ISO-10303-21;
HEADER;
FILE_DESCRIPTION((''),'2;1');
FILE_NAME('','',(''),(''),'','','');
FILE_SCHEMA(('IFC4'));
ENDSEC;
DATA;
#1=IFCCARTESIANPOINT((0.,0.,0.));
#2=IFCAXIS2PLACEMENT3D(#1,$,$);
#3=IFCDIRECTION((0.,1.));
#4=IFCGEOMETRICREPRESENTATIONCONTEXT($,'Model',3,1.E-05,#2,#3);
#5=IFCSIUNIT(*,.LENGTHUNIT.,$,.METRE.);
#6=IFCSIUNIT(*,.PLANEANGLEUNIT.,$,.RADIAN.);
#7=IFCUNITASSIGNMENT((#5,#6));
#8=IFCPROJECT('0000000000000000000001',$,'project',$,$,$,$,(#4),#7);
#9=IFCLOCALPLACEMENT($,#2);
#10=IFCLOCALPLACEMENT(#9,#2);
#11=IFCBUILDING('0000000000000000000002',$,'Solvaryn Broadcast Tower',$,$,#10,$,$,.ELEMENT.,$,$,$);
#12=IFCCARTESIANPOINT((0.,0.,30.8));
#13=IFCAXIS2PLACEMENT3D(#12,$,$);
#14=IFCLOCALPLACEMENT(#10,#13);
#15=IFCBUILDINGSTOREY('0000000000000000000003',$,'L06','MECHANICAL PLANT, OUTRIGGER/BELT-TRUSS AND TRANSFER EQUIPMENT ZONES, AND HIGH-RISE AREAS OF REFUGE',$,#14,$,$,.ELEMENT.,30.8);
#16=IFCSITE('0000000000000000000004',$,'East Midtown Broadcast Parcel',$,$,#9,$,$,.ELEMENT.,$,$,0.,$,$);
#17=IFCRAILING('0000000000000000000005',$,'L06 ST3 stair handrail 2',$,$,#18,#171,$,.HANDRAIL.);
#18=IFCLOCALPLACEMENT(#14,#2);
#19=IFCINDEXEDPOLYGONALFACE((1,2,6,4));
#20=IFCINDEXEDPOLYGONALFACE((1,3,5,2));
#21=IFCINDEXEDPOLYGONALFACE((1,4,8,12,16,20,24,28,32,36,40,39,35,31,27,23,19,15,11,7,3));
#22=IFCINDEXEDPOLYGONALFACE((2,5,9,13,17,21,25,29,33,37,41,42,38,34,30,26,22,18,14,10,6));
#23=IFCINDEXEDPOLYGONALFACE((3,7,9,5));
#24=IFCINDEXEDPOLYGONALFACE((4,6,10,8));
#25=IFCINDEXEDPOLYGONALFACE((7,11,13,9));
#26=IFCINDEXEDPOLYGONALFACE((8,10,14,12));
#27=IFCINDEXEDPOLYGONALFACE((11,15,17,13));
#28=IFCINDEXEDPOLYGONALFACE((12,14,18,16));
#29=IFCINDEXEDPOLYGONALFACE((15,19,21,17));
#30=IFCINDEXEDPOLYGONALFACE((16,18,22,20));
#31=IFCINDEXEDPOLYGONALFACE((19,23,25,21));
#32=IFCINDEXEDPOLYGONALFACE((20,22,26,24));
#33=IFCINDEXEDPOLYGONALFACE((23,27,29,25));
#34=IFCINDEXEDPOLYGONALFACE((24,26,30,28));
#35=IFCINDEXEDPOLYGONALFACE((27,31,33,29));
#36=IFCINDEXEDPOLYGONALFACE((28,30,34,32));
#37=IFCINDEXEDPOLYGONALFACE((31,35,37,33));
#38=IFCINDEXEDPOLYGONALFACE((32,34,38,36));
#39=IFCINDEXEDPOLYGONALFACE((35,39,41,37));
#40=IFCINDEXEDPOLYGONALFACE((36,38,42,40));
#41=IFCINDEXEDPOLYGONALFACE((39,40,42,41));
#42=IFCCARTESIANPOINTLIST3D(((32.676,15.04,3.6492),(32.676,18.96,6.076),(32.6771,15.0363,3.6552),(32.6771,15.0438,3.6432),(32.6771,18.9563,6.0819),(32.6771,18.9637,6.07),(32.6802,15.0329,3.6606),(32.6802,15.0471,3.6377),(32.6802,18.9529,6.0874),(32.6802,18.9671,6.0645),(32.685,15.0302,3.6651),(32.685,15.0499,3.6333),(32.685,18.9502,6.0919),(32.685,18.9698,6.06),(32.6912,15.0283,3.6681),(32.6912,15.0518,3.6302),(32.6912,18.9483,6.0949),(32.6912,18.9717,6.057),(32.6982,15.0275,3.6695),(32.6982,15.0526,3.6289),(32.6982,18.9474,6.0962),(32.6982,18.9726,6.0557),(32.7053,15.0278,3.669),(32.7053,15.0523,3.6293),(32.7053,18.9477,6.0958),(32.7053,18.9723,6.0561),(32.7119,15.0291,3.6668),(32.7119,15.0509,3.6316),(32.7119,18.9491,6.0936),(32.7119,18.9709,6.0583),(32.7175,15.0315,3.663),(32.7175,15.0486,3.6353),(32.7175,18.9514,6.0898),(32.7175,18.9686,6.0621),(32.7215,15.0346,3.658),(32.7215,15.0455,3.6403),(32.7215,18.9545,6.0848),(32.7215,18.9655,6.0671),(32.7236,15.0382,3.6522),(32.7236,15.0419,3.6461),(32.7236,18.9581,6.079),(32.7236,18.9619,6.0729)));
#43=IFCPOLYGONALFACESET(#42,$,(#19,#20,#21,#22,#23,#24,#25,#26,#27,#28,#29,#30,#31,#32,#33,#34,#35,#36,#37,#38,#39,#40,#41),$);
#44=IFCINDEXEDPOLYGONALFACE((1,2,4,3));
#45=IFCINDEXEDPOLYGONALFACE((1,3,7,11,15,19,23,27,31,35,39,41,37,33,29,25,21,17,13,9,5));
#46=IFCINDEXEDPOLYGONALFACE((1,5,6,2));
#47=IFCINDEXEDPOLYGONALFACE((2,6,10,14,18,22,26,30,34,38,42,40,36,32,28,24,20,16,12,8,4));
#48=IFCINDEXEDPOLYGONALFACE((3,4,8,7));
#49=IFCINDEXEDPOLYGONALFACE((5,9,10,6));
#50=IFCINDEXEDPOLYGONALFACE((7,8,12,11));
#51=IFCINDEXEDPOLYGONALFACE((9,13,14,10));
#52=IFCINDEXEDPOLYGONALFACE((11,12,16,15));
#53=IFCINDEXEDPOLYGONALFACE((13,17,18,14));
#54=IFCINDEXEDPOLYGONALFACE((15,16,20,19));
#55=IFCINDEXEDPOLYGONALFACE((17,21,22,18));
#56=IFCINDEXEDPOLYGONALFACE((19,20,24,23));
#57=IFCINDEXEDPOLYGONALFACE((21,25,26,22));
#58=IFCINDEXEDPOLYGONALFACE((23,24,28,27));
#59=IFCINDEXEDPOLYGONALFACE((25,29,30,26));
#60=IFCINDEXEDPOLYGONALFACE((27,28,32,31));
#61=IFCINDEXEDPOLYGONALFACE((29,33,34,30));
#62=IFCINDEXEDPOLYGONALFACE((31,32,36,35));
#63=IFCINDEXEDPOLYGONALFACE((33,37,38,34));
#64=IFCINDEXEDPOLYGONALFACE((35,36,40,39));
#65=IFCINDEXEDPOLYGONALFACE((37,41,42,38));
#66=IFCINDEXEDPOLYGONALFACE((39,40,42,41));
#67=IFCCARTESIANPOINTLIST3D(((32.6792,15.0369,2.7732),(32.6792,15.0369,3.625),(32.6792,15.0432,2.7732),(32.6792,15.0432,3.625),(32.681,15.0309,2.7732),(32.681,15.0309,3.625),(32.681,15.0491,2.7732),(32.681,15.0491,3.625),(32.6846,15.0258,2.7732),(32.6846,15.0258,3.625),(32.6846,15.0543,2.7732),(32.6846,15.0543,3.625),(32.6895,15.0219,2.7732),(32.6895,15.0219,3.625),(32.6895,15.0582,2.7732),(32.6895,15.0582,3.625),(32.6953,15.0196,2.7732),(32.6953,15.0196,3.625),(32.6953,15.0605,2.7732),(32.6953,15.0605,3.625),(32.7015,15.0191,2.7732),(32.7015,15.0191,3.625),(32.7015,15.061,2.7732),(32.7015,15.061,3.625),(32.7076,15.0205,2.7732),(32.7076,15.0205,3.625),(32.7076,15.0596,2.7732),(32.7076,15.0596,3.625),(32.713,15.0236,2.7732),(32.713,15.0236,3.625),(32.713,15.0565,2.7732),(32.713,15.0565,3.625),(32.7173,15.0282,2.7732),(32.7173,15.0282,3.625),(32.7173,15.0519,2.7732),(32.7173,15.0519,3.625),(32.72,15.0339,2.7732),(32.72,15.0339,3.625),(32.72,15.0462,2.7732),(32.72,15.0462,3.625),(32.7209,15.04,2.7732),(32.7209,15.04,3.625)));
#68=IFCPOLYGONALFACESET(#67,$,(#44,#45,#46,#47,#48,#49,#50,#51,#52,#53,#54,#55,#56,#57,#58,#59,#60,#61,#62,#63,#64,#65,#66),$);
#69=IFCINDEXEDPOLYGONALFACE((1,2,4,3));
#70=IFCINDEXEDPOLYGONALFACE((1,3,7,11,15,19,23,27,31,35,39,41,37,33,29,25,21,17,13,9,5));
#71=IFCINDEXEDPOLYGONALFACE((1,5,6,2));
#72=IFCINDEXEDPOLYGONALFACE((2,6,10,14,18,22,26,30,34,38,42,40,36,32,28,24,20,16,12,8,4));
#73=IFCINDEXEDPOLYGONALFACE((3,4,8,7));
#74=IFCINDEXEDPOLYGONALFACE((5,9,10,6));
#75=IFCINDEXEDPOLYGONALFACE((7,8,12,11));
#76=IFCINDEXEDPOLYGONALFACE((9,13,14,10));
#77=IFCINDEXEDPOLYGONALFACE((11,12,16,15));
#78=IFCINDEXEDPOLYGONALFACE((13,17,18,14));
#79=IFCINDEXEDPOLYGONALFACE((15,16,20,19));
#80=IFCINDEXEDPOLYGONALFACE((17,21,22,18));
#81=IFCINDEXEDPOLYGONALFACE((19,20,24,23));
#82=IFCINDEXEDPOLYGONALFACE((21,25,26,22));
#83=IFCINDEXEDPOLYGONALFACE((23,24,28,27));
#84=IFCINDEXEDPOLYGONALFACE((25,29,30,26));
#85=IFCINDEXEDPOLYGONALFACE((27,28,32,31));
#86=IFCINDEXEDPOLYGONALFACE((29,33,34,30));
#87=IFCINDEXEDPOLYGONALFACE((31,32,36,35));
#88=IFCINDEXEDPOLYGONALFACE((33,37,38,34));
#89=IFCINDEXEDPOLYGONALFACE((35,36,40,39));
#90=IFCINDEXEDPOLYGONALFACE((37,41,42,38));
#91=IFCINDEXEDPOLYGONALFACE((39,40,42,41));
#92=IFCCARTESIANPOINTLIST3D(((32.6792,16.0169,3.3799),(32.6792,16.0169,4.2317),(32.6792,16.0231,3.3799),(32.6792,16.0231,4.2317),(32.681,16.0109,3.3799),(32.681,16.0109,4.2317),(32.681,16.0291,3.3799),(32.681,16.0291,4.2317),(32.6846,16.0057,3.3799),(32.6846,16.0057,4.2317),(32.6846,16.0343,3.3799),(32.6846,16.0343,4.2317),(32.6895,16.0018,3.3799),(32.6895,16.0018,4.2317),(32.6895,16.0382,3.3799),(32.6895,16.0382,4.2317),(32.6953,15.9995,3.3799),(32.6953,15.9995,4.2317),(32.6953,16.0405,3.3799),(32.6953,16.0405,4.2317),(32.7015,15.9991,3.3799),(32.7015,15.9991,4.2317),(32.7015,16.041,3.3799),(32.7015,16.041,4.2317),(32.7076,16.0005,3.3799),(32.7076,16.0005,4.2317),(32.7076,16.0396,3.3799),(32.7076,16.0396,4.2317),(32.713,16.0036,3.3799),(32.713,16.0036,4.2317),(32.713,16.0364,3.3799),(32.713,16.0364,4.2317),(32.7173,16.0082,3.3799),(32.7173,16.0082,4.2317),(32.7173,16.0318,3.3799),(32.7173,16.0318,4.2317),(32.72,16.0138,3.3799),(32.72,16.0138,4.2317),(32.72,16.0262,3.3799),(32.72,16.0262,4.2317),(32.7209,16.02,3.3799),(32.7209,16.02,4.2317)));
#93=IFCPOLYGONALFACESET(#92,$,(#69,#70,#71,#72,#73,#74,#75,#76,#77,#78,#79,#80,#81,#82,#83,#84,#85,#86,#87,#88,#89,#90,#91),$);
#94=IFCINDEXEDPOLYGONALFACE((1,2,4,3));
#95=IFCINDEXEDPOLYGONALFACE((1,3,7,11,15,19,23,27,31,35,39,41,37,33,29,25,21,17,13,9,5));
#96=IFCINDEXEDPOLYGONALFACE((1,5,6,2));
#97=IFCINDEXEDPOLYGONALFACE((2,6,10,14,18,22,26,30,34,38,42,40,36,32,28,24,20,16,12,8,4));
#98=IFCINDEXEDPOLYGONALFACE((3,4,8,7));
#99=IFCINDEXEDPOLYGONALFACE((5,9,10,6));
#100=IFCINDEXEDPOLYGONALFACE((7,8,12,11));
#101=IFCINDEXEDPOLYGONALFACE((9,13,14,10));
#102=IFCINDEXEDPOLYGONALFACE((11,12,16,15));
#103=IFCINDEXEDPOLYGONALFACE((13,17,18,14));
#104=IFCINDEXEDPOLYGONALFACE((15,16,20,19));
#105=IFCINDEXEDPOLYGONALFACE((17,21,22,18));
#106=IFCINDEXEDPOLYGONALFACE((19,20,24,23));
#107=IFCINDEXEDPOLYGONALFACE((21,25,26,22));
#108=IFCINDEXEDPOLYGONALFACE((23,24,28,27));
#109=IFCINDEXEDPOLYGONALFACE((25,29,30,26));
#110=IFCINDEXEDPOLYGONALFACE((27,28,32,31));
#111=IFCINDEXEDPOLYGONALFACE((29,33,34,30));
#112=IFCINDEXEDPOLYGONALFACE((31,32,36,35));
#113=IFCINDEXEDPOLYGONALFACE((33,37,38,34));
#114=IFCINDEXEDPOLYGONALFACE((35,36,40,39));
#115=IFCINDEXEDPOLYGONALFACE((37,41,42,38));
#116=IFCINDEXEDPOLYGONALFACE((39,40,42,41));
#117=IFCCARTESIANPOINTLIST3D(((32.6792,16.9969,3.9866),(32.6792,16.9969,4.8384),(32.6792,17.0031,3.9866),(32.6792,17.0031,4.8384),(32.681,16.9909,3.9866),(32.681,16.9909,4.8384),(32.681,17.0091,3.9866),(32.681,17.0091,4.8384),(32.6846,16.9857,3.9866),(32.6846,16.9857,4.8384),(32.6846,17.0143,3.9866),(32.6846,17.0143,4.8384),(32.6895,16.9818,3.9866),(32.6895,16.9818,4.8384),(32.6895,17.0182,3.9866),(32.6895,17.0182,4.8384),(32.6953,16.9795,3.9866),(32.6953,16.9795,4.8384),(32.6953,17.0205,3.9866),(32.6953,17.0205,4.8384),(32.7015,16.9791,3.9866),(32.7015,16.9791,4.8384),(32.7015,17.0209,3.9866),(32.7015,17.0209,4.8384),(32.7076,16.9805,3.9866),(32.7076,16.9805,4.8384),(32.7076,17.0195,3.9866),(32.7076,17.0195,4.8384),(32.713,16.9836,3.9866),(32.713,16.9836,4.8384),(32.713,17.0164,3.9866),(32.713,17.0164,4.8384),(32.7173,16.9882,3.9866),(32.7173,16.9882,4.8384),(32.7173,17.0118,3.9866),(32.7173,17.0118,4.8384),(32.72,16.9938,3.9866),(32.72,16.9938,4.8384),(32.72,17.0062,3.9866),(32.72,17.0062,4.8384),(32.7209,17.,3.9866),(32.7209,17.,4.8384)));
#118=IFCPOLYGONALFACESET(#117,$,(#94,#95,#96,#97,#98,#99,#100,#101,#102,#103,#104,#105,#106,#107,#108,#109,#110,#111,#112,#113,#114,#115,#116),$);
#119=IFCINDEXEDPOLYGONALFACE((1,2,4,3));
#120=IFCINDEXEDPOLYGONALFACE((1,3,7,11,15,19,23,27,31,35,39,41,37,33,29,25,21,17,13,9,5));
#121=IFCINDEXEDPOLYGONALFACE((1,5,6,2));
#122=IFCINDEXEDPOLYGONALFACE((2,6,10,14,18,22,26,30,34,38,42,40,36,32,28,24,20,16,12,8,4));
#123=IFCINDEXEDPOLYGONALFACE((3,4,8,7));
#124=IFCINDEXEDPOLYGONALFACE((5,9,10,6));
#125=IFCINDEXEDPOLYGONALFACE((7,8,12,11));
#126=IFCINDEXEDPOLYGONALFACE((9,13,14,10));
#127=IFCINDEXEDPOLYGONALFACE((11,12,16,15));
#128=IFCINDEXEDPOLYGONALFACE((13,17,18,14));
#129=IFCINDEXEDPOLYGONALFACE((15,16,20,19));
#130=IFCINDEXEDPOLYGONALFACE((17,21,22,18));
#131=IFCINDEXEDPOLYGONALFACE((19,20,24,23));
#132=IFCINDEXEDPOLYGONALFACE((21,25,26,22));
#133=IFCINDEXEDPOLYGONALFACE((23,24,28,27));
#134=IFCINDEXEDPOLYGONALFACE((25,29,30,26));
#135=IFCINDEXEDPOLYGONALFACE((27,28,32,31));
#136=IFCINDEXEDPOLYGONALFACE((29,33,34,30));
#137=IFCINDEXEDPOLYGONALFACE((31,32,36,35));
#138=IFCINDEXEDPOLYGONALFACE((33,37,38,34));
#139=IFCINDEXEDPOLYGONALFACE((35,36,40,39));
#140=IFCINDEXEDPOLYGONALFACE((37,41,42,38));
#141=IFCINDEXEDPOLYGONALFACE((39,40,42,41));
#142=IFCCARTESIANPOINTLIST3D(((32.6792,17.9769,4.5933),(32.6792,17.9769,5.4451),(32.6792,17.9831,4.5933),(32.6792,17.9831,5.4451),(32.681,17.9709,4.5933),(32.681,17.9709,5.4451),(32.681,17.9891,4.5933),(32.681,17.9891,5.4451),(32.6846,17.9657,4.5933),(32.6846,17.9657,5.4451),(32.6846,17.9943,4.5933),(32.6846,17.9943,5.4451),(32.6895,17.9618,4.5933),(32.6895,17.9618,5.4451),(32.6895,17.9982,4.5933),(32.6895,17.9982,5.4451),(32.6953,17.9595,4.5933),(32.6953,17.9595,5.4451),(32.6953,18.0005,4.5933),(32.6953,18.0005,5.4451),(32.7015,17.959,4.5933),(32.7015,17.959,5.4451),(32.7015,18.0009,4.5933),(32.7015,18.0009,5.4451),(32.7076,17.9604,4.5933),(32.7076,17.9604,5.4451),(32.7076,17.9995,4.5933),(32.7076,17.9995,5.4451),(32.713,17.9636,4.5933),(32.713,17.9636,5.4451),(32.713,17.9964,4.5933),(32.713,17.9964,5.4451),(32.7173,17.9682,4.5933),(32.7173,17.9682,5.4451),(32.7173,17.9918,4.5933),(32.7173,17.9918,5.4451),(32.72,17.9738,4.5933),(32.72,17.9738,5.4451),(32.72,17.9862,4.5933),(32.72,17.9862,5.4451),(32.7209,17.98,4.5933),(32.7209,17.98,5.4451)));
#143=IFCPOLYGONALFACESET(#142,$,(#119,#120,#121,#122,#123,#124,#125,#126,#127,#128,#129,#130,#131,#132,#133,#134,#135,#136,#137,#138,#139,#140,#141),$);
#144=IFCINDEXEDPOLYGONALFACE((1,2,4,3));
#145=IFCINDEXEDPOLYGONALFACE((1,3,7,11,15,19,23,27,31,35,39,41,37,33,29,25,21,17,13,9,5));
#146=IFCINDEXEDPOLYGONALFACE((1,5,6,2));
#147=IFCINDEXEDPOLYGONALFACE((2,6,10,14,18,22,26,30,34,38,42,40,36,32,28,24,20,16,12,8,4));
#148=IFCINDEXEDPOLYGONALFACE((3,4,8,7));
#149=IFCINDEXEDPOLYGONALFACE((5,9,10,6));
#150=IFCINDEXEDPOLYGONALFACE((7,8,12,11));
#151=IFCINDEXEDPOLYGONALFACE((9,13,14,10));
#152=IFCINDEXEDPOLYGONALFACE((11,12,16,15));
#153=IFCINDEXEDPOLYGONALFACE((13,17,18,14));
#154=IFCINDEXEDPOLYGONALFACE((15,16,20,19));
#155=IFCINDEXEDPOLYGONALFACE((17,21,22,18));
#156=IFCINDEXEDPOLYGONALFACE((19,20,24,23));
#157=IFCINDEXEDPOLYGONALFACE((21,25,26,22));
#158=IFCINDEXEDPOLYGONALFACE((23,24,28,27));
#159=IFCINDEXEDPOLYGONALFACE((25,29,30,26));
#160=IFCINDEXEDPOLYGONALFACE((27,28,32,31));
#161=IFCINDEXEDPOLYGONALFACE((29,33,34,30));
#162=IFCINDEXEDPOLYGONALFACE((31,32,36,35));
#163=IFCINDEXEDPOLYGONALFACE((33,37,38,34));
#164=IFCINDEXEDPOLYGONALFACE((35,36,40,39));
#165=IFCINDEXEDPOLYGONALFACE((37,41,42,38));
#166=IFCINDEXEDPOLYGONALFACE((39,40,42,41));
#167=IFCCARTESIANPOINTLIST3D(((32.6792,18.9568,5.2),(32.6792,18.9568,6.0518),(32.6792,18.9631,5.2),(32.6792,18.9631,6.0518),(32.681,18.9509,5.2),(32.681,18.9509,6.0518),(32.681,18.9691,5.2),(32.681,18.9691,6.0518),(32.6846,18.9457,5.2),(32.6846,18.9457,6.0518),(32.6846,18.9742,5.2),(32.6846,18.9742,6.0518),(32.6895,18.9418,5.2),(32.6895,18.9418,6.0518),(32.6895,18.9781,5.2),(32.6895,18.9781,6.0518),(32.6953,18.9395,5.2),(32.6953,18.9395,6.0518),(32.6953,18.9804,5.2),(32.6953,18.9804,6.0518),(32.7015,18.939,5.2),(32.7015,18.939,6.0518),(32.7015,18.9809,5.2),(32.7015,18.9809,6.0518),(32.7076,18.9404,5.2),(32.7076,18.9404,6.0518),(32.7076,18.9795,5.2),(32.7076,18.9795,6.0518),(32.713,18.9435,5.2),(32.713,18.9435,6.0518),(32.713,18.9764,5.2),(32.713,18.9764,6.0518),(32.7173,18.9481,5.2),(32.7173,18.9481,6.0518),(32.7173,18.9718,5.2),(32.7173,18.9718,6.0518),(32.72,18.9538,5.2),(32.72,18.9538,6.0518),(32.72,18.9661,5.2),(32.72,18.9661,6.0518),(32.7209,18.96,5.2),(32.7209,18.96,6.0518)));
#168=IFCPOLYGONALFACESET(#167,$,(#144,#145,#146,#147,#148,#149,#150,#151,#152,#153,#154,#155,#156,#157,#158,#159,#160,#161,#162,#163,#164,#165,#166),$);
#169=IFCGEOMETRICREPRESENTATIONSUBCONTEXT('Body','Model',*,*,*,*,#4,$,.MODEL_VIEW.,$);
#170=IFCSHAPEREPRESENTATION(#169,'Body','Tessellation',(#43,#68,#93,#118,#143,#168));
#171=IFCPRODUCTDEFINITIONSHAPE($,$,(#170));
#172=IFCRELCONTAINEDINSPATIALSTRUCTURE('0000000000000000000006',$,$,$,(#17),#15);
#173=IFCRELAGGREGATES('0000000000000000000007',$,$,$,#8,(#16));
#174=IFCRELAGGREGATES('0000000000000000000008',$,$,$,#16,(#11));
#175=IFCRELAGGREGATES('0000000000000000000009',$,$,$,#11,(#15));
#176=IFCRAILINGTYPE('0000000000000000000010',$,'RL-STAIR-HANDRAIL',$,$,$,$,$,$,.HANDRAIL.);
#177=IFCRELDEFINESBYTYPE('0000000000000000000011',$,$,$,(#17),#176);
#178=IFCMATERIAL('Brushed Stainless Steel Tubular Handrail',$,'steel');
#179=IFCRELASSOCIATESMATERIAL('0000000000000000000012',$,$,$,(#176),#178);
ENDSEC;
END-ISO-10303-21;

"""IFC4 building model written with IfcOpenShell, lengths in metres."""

from ifc_helpers import new_model, si_unit, direction, frame, origin, origin_2d, place, context, subcontext, project, spatial, circle, extrude, material, type_object, element, save


model = new_model("IFC4")

# Units and contexts
model_context = context("Model", 3, precision=1e-05, world=origin(), true_north=direction((0.0, 1.0)))
body_context = subcontext(model_context, "Body", "Model", "MODEL_VIEW")
ifc_project = project(units=[si_unit("LENGTHUNIT", "METRE"), si_unit("PLANEANGLEUNIT", "RADIAN")], contexts=[model_context])

# Site, building, storey
site_placement = place(None, origin())
site = spatial("IfcSite", under=ifc_project, at=site_placement, Name="East Midtown Broadcast Parcel", CompositionType="ELEMENT", RefElevation=0.0)
building_placement = place(site_placement, origin())
building = spatial("IfcBuilding", under=site, at=building_placement, Name="Solvaryn Broadcast Tower", CompositionType="ELEMENT")
storey_placement = place(building_placement, frame((0.0, 0.0, 30.8)))
storey = spatial("IfcBuildingStorey", under=building, at=storey_placement, Name="L06", Description="MECHANICAL PLANT, OUTRIGGER/BELT-TRUSS AND TRANSFER EQUIPMENT ZONES, AND HIGH-RISE AREAS OF REFUGE", CompositionType="ELEMENT", Elevation=30.8)

# Railing
ifc_material_1 = material(Name="Brushed Stainless Steel Tubular Handrail", Category="steel")
railing_type_1 = type_object("IfcRailingType", Name="RL-STAIR-HANDRAIL", PredefinedType="HANDRAIL", material=ifc_material_1)
railing_1_placement = place(storey_placement, frame((32.7, 15.04, 2.7732)))
element("IfcRailing", 1, at=railing_1_placement, inside=storey, type_object=railing_type_1, Name="L06 ST3 stair handrail 2", PredefinedType="HANDRAIL", context=body_context, shape_type="SweptSolid", body=[
    extrude(circle(Radius=0.0239, at=origin_2d()), frame((0.0, 0.0, 0.876), z_axis=(0.0, 0.850252, 0.526376), x_axis=(-1.0, 0.0, 0.0)), (0.0, 0.0, 1.0), 4.6104),
    extrude(circle(Radius=0.021, at=origin_2d()), origin(), (0.0, 0.0, 1.0), 0.8518),
    extrude(circle(Radius=0.021, at=origin_2d()), frame((0.0, 0.98, 0.6067)), (0.0, 0.0, 1.0), 0.8518),
    extrude(circle(Radius=0.021, at=origin_2d()), frame((0.0, 1.96, 1.2134)), (0.0, 0.0, 1.0), 0.8518),
    extrude(circle(Radius=0.021, at=origin_2d()), frame((0.0, 2.9399, 1.8201)), (0.0, 0.0, 1.0), 0.8518),
    extrude(circle(Radius=0.021, at=origin_2d()), frame((0.0, 3.9199, 2.4268)), (0.0, 0.0, 1.0), 0.8518),
])

save(model, "model.ifc")
